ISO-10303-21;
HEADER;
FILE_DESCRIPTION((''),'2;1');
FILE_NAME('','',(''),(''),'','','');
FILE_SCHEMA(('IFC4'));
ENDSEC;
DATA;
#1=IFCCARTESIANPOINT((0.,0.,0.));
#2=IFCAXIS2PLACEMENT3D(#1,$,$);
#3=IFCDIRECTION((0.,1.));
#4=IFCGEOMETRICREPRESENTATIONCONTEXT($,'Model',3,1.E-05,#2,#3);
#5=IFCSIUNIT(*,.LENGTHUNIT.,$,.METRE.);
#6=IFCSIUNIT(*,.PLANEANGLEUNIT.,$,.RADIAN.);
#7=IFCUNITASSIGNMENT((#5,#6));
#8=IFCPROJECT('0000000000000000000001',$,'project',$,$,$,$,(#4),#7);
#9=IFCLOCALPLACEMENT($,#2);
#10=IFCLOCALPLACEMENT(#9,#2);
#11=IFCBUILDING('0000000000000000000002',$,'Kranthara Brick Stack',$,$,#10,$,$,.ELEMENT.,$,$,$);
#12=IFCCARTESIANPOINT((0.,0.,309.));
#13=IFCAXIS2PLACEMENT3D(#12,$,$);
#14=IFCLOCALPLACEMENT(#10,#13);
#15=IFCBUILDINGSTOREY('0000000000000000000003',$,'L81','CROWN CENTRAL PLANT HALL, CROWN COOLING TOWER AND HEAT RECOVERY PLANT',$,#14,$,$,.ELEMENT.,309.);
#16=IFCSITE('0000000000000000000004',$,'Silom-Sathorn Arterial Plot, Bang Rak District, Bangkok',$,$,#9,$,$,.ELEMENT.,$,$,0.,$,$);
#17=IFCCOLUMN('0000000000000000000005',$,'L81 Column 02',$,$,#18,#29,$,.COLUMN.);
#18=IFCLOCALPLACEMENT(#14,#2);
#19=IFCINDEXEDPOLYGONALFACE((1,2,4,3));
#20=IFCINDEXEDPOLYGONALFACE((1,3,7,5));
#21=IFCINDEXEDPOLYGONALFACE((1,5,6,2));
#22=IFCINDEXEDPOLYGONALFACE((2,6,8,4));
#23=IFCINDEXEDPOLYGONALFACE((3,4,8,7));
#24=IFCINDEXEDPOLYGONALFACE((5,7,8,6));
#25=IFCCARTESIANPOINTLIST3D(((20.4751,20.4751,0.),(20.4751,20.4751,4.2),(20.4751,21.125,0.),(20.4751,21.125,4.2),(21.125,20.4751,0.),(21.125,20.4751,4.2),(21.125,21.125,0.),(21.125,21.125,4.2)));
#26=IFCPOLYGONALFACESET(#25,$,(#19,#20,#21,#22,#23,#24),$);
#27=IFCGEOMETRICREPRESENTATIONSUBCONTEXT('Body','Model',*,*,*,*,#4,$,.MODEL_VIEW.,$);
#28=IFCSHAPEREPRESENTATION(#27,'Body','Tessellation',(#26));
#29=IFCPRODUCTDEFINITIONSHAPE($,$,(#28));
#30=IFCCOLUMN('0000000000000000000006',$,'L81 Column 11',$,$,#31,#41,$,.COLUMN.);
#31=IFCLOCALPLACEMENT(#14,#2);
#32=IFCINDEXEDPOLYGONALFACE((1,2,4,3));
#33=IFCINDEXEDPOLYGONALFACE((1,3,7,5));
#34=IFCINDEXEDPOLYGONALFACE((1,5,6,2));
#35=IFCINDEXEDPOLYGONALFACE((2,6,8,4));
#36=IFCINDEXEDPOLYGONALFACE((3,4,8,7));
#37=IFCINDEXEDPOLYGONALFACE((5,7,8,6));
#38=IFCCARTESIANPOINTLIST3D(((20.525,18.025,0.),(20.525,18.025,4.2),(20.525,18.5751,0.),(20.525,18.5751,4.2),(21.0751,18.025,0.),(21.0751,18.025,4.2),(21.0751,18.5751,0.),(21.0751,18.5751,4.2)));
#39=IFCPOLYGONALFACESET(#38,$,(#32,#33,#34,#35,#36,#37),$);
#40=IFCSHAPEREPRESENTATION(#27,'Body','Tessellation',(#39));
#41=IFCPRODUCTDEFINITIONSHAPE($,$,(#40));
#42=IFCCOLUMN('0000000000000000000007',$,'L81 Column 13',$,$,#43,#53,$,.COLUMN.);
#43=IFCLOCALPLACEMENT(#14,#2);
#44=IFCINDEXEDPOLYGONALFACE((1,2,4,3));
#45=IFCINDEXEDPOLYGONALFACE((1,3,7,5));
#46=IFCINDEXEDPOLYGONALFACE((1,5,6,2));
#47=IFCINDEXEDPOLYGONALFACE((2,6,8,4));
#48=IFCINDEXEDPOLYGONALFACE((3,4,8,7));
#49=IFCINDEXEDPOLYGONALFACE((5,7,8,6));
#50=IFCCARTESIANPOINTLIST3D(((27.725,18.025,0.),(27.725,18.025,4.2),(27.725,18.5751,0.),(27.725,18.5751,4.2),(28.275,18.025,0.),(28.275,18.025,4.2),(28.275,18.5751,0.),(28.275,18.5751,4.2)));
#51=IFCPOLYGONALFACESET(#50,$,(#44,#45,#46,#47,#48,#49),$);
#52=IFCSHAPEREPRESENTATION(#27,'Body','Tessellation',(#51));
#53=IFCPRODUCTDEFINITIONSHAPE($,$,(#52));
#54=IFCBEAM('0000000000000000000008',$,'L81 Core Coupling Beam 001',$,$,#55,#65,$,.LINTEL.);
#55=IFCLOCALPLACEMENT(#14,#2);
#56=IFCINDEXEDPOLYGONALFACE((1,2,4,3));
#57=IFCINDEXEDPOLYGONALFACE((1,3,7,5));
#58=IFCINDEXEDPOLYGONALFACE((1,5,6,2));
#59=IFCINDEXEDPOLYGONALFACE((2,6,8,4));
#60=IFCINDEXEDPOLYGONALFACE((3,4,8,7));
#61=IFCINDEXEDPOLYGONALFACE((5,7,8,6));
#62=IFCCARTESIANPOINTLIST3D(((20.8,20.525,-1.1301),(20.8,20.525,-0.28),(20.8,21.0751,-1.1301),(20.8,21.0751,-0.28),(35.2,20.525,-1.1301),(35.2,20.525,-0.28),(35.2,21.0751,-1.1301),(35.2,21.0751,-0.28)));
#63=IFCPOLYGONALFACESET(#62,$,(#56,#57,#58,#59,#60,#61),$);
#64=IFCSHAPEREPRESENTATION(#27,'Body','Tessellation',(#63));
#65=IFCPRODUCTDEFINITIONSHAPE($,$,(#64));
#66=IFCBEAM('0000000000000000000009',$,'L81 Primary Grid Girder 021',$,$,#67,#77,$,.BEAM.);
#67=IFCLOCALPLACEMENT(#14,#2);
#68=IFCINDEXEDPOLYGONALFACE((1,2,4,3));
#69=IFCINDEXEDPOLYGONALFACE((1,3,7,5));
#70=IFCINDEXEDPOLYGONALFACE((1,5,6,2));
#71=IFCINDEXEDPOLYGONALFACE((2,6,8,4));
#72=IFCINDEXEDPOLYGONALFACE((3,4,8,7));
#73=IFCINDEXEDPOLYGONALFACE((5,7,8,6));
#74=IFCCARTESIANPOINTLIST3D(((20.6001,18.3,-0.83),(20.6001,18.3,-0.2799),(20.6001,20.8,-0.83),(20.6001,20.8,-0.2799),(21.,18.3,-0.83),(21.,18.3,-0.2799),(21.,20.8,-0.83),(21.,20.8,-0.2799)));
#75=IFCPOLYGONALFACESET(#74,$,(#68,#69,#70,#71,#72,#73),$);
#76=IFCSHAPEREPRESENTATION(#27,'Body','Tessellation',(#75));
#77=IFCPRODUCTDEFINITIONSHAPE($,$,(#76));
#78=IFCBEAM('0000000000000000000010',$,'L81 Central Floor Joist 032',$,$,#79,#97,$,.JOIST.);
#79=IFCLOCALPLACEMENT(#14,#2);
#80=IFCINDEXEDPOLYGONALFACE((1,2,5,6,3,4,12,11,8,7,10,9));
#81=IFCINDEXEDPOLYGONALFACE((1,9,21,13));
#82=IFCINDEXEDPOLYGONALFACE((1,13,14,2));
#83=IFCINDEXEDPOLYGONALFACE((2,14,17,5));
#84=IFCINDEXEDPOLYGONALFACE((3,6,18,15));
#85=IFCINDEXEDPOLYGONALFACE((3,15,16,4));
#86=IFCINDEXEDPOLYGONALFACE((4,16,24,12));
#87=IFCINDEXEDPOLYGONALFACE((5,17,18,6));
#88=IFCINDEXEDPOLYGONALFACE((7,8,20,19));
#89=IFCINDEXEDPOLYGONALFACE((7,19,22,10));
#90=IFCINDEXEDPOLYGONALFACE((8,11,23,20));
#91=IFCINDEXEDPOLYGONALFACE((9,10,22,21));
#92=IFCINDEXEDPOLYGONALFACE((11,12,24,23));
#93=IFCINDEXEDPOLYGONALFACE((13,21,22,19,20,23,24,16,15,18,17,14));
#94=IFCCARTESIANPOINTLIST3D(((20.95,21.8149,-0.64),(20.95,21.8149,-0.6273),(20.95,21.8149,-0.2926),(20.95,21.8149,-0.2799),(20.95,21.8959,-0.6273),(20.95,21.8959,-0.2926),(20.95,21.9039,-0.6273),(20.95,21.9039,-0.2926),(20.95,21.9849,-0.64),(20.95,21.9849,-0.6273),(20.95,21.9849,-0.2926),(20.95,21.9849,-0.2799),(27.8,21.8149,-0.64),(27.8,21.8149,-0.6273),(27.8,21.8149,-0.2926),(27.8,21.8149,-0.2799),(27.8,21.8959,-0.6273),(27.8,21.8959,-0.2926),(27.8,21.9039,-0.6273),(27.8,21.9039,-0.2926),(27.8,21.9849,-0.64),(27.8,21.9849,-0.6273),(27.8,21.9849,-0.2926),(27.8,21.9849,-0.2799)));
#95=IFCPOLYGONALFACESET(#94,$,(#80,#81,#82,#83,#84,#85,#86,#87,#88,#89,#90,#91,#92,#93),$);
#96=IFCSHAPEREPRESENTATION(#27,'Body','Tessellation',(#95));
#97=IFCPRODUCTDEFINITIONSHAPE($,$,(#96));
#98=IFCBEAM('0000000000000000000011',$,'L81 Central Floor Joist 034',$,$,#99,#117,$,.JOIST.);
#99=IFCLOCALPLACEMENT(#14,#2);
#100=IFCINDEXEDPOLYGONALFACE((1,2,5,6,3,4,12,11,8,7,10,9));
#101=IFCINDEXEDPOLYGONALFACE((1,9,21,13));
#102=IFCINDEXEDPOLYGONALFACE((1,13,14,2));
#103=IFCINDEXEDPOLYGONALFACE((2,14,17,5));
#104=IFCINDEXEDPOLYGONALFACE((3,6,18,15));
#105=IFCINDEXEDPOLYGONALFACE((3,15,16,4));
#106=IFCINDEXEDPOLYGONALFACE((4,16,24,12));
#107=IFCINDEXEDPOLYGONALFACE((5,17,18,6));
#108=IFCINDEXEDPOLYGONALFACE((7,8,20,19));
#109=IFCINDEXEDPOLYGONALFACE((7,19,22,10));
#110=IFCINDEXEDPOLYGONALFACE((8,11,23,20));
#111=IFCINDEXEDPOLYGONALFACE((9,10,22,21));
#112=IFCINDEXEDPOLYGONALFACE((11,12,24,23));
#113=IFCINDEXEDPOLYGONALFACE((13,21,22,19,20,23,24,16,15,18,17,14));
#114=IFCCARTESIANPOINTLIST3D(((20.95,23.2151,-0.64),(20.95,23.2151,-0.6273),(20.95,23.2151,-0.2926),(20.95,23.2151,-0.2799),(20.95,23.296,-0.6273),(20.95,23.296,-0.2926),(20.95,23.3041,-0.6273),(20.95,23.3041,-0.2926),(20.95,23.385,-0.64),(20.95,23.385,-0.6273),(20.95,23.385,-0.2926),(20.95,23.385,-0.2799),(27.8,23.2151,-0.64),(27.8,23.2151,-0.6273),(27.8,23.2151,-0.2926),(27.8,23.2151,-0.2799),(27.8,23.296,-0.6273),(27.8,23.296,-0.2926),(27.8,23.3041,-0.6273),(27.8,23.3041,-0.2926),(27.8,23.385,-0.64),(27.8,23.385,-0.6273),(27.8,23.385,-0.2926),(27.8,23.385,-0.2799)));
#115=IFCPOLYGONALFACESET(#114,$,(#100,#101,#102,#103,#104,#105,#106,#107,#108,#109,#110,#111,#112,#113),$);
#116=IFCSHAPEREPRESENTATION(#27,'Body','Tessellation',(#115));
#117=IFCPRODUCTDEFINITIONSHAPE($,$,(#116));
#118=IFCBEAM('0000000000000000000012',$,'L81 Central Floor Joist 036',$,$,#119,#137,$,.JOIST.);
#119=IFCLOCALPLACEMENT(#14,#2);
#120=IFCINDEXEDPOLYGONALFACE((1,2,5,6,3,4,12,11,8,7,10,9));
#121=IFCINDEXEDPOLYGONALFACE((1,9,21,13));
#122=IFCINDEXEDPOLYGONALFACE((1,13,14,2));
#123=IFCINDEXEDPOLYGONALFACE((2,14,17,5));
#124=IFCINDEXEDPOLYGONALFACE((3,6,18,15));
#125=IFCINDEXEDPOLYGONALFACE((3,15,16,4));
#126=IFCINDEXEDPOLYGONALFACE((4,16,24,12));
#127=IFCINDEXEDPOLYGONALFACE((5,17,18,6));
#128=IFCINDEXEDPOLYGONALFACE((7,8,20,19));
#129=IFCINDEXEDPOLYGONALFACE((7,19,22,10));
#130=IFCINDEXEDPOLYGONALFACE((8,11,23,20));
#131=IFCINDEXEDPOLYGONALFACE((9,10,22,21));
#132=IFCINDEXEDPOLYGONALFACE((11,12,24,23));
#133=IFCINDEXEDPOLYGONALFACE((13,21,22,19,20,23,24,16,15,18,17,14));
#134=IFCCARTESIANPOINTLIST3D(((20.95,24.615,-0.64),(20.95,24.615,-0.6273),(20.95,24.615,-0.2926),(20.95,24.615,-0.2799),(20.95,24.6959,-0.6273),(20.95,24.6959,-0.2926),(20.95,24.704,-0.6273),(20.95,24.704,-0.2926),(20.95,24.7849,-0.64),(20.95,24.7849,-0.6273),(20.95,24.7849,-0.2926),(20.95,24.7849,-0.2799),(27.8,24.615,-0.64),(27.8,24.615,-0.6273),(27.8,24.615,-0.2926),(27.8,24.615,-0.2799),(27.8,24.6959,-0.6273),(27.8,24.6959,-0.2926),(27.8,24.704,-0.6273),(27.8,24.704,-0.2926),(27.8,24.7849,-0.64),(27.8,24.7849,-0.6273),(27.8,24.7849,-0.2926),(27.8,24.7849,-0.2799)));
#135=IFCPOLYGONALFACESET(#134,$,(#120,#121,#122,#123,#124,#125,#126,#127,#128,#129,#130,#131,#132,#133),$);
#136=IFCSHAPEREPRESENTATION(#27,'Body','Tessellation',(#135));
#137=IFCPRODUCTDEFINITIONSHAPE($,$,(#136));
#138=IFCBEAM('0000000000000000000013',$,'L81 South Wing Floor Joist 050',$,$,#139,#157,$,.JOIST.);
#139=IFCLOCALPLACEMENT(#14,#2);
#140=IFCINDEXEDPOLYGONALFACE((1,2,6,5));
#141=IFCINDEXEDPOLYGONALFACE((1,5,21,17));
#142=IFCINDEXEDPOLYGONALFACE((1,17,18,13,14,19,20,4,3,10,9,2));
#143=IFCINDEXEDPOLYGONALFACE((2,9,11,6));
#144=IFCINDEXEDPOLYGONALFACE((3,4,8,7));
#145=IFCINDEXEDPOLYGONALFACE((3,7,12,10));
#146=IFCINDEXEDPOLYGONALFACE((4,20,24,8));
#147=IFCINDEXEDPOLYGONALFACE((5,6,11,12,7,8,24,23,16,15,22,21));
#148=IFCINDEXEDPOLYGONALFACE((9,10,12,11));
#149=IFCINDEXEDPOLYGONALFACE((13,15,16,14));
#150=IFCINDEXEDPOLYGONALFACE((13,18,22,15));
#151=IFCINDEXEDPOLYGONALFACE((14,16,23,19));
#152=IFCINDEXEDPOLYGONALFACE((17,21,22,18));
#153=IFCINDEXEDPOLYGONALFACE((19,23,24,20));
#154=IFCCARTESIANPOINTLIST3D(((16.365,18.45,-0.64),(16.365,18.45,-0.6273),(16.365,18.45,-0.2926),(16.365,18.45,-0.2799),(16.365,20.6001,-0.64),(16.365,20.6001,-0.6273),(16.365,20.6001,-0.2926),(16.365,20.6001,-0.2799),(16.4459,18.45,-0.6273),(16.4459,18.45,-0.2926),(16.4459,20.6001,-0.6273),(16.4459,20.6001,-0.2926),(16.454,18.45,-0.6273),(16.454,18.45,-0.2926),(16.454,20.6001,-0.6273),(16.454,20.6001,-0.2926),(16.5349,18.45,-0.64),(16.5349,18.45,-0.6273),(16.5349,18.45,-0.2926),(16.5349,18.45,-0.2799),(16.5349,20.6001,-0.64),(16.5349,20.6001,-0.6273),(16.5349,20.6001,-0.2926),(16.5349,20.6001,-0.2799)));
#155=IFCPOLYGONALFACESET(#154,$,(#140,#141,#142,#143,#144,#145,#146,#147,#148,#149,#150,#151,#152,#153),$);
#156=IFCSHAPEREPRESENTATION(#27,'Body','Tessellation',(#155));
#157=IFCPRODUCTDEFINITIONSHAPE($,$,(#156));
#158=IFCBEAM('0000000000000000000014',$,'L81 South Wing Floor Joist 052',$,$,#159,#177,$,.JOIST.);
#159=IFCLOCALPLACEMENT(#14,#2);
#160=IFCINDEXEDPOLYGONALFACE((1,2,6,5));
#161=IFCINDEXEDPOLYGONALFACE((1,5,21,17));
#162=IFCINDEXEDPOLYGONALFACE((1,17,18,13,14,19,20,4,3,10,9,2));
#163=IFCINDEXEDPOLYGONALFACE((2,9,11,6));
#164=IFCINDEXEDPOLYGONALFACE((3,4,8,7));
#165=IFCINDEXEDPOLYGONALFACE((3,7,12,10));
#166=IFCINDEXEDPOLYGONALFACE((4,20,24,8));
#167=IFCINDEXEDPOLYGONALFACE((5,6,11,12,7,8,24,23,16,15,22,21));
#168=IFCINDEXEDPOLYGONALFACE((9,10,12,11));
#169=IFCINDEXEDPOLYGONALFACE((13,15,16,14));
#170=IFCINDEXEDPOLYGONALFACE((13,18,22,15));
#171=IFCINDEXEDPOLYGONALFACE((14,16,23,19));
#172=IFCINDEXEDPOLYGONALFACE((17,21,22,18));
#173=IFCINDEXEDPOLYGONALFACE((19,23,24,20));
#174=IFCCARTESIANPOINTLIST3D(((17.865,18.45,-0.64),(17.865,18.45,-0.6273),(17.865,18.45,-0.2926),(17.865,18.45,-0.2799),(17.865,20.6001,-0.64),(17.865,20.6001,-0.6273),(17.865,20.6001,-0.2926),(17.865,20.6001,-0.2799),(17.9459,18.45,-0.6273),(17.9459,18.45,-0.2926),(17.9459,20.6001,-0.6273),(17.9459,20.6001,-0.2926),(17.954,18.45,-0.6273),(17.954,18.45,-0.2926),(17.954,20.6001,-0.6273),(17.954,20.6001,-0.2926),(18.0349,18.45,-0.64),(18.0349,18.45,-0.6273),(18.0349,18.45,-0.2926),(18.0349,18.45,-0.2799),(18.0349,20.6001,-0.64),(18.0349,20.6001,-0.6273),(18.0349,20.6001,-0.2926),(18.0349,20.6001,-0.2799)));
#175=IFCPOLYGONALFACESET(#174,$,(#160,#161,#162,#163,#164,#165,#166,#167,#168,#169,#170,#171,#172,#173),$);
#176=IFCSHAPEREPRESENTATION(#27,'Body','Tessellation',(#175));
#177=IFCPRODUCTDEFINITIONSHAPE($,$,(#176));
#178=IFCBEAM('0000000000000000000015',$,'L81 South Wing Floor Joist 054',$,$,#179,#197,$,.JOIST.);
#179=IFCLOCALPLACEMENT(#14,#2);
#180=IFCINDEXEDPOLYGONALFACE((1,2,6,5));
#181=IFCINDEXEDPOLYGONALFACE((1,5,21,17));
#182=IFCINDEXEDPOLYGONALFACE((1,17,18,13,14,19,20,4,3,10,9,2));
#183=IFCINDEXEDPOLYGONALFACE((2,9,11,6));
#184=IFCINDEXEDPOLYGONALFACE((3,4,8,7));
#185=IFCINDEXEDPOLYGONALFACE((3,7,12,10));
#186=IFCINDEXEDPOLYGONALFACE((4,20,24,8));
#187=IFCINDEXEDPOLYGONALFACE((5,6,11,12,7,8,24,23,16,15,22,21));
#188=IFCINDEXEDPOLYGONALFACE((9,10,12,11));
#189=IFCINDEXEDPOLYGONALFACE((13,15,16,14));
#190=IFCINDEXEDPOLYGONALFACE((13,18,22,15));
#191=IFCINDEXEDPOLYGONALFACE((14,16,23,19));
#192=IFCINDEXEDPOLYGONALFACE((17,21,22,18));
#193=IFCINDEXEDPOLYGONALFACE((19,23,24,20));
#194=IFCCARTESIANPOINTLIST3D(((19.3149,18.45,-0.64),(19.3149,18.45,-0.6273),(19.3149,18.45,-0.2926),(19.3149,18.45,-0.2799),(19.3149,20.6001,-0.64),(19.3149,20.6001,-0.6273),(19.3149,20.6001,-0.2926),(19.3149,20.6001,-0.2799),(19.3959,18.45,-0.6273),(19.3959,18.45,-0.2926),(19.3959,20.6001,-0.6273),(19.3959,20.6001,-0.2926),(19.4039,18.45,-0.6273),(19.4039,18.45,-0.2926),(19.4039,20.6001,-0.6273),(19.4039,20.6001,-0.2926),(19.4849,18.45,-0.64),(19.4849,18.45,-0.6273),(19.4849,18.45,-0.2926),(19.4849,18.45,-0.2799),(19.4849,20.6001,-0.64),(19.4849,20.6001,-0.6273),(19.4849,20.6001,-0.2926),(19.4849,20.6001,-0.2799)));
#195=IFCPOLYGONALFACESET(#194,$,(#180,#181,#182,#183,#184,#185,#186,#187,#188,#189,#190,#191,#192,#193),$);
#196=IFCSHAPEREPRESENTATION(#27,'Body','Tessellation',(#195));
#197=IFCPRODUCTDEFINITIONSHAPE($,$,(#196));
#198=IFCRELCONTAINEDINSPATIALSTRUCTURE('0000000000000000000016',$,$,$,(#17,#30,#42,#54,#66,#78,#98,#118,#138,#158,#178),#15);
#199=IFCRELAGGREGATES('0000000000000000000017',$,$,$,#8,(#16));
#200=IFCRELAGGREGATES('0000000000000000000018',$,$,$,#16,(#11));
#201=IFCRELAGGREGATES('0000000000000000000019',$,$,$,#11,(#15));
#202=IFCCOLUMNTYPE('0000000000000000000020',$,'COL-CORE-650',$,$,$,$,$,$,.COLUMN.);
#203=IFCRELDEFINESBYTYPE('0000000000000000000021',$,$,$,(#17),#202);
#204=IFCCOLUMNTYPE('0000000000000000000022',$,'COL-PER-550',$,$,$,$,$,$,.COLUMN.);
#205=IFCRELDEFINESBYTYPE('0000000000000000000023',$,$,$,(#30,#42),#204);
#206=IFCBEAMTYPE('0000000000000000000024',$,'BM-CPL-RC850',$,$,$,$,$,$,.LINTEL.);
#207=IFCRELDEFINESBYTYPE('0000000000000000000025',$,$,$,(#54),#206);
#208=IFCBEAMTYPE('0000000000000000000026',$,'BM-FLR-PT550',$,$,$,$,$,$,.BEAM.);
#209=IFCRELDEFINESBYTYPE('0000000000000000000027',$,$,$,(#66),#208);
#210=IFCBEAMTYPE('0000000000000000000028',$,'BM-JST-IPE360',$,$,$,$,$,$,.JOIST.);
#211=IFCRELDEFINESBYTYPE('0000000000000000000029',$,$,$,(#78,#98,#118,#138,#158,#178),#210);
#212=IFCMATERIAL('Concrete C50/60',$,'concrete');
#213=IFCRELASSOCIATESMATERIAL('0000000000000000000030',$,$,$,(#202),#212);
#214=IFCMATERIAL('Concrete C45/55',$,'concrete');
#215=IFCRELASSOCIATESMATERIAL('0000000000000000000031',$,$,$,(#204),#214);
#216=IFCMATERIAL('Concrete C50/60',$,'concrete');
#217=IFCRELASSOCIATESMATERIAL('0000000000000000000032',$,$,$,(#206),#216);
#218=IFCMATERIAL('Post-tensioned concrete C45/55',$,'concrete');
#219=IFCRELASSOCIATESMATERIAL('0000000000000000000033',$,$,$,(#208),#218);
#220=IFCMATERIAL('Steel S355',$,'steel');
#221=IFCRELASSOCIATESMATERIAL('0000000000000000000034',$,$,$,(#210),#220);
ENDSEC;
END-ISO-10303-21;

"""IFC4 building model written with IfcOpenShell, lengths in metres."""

from ifc_helpers import new_model, si_unit, direction, frame, origin, origin_2d, place, context, subcontext, project, spatial, rectangle, i_section, extrude, material, material_profile, profile_set, type_object, element, save


model = new_model("IFC4")

# Units and contexts
model_context = context("Model", 3, precision=1e-05, world=origin(), true_north=direction((0.0, 1.0)))
body_context = subcontext(model_context, "Body", "Model", "MODEL_VIEW")
ifc_project = project(units=[si_unit("LENGTHUNIT", "METRE"), si_unit("PLANEANGLEUNIT", "RADIAN")], contexts=[model_context])

# Site, building, storey
site_placement = place(None, origin())
site = spatial("IfcSite", under=ifc_project, at=site_placement, Name="Silom-Sathorn Arterial Plot, Bang Rak District, Bangkok", CompositionType="ELEMENT", RefElevation=0.0)
building_placement = place(site_placement, origin())
building = spatial("IfcBuilding", under=site, at=building_placement, Name="Kranthara Brick Stack", CompositionType="ELEMENT")
storey_placement = place(building_placement, frame((0.0, 0.0, 309.0)))
storey = spatial("IfcBuildingStorey", under=building, at=storey_placement, Name="L81", Description="CROWN CENTRAL PLANT HALL, CROWN COOLING TOWER AND HEAT RECOVERY PLANT", CompositionType="ELEMENT", Elevation=309.0)

# Columns
ifc_material_1 = material(Name="Concrete C50/60", Category="concrete")
ifc_material_profile_1 = material_profile(ifc_material_1, rectangle(XDim=0.6499, YDim=0.6499, at=origin_2d()), Name="RC 650x650")
ifc_profile_set_1 = profile_set([ifc_material_profile_1], Name="Concrete C50/60")
column_type_1 = type_object("IfcColumnType", Name="COL-CORE-650", PredefinedType="COLUMN", material=ifc_profile_set_1)
column_placement = place(storey_placement, frame((20.8, 20.8, 0.0), z_axis=(0.0, 0.0, 1.0), x_axis=(1.0, 0.0, 0.0)))
element("IfcColumn", 1, at=column_placement, inside=storey, type_object=column_type_1, Name="L81 Column 02", PredefinedType="COLUMN", context=body_context, shape_type="SweptSolid", body=[
    extrude(rectangle(XDim=0.6499, YDim=0.6499, at=origin_2d()), origin(), (0.0, 0.0, 1.0), 4.2),
])
ifc_material_2 = material(Name="Concrete C45/55", Category="concrete")
ifc_material_profile_2 = material_profile(ifc_material_2, rectangle(XDim=0.55, YDim=0.55, at=origin_2d()), Name="RC 550x550")
ifc_profile_set_2 = profile_set([ifc_material_profile_2], Name="Concrete C45/55")
column_type_2 = type_object("IfcColumnType", Name="COL-PER-550", PredefinedType="COLUMN", material=ifc_profile_set_2)
for number, where, z_axis, x_axis, name in (
    (2, (20.8, 18.3, 0.0), (0.0, 0.0, 1.0), (1.0, 0.0, 0.0), "L81 Column 11"),
    (3, (28.0, 18.3, 0.0), (0.0, 0.0, 1.0), (1.0, 0.0, 0.0), "L81 Column 13"),
):
    element("IfcColumn", number, at=place(storey_placement, frame(where, z_axis=z_axis, x_axis=x_axis)), inside=storey, type_object=column_type_2, Name=name, PredefinedType="COLUMN", context=body_context, shape_type="SweptSolid", body=[
        extrude(rectangle(XDim=0.55, YDim=0.55, at=origin_2d()), origin(), (0.0, 0.0, 1.0), 4.2),
    ])

# Beams
ifc_material_3 = material(Name="Concrete C50/60", Category="concrete")
ifc_material_profile_3 = material_profile(ifc_material_3, rectangle(XDim=0.55, YDim=0.8501, at=origin_2d()), Name="RC 550x850")
ifc_profile_set_3 = profile_set([ifc_material_profile_3], Name="Concrete C50/60")
beam_type_1 = type_object("IfcBeamType", Name="BM-CPL-RC850", PredefinedType="LINTEL", material=ifc_profile_set_3)
beam_1_placement = place(storey_placement, frame((20.8, 20.8, -0.7051), z_axis=(1.0, 0.0, 0.0), x_axis=(0.0, 1.0, 0.0)))
element("IfcBeam", 4, at=beam_1_placement, inside=storey, type_object=beam_type_1, Name="L81 Core Coupling Beam 001", PredefinedType="LINTEL", context=body_context, shape_type="SweptSolid", body=[
    extrude(rectangle(XDim=0.55, YDim=0.8501, at=origin_2d()), origin(), (0.0, 0.0, 1.0), 14.3999),
])
ifc_material_4 = material(Name="Post-tensioned concrete C45/55", Category="concrete")
ifc_material_profile_4 = material_profile(ifc_material_4, rectangle(XDim=0.3999, YDim=0.55, at=origin_2d()), Name="PT 400x550")
ifc_profile_set_4 = profile_set([ifc_material_profile_4], Name="Post-tensioned concrete C45/55")
beam_type_2 = type_object("IfcBeamType", Name="BM-FLR-PT550", PredefinedType="BEAM", material=ifc_profile_set_4)
beam_2_placement = place(storey_placement, frame((20.8, 18.3, -0.5549), z_axis=(0.0, 1.0, 0.0), x_axis=(-1.0, 0.0, 0.0)))
element("IfcBeam", 5, at=beam_2_placement, inside=storey, type_object=beam_type_2, Name="L81 Primary Grid Girder 021", PredefinedType="BEAM", context=body_context, shape_type="SweptSolid", body=[
    extrude(rectangle(XDim=0.3999, YDim=0.55, at=origin_2d()), origin(), (0.0, 0.0, 1.0), 2.5),
])
ifc_material_5 = material(Name="Steel S355", Category="steel")
ifc_material_profile_5 = material_profile(ifc_material_5, i_section(OverallWidth=0.1699, OverallDepth=0.3601, WebThickness=0.0081, FlangeThickness=0.0127, at=origin_2d()), Name="IPE 360")
ifc_profile_set_5 = profile_set([ifc_material_profile_5], Name="Steel S355")
beam_type_3 = type_object("IfcBeamType", Name="BM-JST-IPE360", PredefinedType="JOIST", material=ifc_profile_set_5)
for number, where, z_axis, x_axis, name in (
    (6, (20.95, 21.8999, -0.46), (1.0, 0.0, 0.0), (0.0, 1.0, 0.0), "L81 Central Floor Joist 032"),
    (7, (20.95, 23.3, -0.46), (1.0, 0.0, 0.0), (0.0, 1.0, 0.0), "L81 Central Floor Joist 034"),
    (8, (20.95, 24.7, -0.46), (1.0, 0.0, 0.0), (0.0, 1.0, 0.0), "L81 Central Floor Joist 036"),
):
    element("IfcBeam", number, at=place(storey_placement, frame(where, z_axis=z_axis, x_axis=x_axis)), inside=storey, type_object=beam_type_3, Name=name, PredefinedType="JOIST", context=body_context, shape_type="SweptSolid", body=[
        extrude(i_section(OverallWidth=0.1699, OverallDepth=0.3601, WebThickness=0.0081, FlangeThickness=0.0127, at=origin_2d()), origin(), (0.0, 0.0, 1.0), 6.8501),
    ])
for number, where, z_axis, x_axis, name in (
    (9, (16.45, 18.45, -0.46), (0.0, 1.0, 0.0), (-1.0, 0.0, 0.0), "L81 South Wing Floor Joist 050"),
    (10, (17.95, 18.45, -0.46), (0.0, 1.0, 0.0), (-1.0, 0.0, 0.0), "L81 South Wing Floor Joist 052"),
    (11, (19.3999, 18.45, -0.46), (0.0, 1.0, 0.0), (-1.0, 0.0, 0.0), "L81 South Wing Floor Joist 054"),
):
    element("IfcBeam", number, at=place(storey_placement, frame(where, z_axis=z_axis, x_axis=x_axis)), inside=storey, type_object=beam_type_3, Name=name, PredefinedType="JOIST", context=body_context, shape_type="SweptSolid", body=[
        extrude(i_section(OverallWidth=0.1699, OverallDepth=0.3601, WebThickness=0.0081, FlangeThickness=0.0127, at=origin_2d()), origin(), (0.0, 0.0, 1.0), 2.1501),
    ])

save(model, "model.ifc")
